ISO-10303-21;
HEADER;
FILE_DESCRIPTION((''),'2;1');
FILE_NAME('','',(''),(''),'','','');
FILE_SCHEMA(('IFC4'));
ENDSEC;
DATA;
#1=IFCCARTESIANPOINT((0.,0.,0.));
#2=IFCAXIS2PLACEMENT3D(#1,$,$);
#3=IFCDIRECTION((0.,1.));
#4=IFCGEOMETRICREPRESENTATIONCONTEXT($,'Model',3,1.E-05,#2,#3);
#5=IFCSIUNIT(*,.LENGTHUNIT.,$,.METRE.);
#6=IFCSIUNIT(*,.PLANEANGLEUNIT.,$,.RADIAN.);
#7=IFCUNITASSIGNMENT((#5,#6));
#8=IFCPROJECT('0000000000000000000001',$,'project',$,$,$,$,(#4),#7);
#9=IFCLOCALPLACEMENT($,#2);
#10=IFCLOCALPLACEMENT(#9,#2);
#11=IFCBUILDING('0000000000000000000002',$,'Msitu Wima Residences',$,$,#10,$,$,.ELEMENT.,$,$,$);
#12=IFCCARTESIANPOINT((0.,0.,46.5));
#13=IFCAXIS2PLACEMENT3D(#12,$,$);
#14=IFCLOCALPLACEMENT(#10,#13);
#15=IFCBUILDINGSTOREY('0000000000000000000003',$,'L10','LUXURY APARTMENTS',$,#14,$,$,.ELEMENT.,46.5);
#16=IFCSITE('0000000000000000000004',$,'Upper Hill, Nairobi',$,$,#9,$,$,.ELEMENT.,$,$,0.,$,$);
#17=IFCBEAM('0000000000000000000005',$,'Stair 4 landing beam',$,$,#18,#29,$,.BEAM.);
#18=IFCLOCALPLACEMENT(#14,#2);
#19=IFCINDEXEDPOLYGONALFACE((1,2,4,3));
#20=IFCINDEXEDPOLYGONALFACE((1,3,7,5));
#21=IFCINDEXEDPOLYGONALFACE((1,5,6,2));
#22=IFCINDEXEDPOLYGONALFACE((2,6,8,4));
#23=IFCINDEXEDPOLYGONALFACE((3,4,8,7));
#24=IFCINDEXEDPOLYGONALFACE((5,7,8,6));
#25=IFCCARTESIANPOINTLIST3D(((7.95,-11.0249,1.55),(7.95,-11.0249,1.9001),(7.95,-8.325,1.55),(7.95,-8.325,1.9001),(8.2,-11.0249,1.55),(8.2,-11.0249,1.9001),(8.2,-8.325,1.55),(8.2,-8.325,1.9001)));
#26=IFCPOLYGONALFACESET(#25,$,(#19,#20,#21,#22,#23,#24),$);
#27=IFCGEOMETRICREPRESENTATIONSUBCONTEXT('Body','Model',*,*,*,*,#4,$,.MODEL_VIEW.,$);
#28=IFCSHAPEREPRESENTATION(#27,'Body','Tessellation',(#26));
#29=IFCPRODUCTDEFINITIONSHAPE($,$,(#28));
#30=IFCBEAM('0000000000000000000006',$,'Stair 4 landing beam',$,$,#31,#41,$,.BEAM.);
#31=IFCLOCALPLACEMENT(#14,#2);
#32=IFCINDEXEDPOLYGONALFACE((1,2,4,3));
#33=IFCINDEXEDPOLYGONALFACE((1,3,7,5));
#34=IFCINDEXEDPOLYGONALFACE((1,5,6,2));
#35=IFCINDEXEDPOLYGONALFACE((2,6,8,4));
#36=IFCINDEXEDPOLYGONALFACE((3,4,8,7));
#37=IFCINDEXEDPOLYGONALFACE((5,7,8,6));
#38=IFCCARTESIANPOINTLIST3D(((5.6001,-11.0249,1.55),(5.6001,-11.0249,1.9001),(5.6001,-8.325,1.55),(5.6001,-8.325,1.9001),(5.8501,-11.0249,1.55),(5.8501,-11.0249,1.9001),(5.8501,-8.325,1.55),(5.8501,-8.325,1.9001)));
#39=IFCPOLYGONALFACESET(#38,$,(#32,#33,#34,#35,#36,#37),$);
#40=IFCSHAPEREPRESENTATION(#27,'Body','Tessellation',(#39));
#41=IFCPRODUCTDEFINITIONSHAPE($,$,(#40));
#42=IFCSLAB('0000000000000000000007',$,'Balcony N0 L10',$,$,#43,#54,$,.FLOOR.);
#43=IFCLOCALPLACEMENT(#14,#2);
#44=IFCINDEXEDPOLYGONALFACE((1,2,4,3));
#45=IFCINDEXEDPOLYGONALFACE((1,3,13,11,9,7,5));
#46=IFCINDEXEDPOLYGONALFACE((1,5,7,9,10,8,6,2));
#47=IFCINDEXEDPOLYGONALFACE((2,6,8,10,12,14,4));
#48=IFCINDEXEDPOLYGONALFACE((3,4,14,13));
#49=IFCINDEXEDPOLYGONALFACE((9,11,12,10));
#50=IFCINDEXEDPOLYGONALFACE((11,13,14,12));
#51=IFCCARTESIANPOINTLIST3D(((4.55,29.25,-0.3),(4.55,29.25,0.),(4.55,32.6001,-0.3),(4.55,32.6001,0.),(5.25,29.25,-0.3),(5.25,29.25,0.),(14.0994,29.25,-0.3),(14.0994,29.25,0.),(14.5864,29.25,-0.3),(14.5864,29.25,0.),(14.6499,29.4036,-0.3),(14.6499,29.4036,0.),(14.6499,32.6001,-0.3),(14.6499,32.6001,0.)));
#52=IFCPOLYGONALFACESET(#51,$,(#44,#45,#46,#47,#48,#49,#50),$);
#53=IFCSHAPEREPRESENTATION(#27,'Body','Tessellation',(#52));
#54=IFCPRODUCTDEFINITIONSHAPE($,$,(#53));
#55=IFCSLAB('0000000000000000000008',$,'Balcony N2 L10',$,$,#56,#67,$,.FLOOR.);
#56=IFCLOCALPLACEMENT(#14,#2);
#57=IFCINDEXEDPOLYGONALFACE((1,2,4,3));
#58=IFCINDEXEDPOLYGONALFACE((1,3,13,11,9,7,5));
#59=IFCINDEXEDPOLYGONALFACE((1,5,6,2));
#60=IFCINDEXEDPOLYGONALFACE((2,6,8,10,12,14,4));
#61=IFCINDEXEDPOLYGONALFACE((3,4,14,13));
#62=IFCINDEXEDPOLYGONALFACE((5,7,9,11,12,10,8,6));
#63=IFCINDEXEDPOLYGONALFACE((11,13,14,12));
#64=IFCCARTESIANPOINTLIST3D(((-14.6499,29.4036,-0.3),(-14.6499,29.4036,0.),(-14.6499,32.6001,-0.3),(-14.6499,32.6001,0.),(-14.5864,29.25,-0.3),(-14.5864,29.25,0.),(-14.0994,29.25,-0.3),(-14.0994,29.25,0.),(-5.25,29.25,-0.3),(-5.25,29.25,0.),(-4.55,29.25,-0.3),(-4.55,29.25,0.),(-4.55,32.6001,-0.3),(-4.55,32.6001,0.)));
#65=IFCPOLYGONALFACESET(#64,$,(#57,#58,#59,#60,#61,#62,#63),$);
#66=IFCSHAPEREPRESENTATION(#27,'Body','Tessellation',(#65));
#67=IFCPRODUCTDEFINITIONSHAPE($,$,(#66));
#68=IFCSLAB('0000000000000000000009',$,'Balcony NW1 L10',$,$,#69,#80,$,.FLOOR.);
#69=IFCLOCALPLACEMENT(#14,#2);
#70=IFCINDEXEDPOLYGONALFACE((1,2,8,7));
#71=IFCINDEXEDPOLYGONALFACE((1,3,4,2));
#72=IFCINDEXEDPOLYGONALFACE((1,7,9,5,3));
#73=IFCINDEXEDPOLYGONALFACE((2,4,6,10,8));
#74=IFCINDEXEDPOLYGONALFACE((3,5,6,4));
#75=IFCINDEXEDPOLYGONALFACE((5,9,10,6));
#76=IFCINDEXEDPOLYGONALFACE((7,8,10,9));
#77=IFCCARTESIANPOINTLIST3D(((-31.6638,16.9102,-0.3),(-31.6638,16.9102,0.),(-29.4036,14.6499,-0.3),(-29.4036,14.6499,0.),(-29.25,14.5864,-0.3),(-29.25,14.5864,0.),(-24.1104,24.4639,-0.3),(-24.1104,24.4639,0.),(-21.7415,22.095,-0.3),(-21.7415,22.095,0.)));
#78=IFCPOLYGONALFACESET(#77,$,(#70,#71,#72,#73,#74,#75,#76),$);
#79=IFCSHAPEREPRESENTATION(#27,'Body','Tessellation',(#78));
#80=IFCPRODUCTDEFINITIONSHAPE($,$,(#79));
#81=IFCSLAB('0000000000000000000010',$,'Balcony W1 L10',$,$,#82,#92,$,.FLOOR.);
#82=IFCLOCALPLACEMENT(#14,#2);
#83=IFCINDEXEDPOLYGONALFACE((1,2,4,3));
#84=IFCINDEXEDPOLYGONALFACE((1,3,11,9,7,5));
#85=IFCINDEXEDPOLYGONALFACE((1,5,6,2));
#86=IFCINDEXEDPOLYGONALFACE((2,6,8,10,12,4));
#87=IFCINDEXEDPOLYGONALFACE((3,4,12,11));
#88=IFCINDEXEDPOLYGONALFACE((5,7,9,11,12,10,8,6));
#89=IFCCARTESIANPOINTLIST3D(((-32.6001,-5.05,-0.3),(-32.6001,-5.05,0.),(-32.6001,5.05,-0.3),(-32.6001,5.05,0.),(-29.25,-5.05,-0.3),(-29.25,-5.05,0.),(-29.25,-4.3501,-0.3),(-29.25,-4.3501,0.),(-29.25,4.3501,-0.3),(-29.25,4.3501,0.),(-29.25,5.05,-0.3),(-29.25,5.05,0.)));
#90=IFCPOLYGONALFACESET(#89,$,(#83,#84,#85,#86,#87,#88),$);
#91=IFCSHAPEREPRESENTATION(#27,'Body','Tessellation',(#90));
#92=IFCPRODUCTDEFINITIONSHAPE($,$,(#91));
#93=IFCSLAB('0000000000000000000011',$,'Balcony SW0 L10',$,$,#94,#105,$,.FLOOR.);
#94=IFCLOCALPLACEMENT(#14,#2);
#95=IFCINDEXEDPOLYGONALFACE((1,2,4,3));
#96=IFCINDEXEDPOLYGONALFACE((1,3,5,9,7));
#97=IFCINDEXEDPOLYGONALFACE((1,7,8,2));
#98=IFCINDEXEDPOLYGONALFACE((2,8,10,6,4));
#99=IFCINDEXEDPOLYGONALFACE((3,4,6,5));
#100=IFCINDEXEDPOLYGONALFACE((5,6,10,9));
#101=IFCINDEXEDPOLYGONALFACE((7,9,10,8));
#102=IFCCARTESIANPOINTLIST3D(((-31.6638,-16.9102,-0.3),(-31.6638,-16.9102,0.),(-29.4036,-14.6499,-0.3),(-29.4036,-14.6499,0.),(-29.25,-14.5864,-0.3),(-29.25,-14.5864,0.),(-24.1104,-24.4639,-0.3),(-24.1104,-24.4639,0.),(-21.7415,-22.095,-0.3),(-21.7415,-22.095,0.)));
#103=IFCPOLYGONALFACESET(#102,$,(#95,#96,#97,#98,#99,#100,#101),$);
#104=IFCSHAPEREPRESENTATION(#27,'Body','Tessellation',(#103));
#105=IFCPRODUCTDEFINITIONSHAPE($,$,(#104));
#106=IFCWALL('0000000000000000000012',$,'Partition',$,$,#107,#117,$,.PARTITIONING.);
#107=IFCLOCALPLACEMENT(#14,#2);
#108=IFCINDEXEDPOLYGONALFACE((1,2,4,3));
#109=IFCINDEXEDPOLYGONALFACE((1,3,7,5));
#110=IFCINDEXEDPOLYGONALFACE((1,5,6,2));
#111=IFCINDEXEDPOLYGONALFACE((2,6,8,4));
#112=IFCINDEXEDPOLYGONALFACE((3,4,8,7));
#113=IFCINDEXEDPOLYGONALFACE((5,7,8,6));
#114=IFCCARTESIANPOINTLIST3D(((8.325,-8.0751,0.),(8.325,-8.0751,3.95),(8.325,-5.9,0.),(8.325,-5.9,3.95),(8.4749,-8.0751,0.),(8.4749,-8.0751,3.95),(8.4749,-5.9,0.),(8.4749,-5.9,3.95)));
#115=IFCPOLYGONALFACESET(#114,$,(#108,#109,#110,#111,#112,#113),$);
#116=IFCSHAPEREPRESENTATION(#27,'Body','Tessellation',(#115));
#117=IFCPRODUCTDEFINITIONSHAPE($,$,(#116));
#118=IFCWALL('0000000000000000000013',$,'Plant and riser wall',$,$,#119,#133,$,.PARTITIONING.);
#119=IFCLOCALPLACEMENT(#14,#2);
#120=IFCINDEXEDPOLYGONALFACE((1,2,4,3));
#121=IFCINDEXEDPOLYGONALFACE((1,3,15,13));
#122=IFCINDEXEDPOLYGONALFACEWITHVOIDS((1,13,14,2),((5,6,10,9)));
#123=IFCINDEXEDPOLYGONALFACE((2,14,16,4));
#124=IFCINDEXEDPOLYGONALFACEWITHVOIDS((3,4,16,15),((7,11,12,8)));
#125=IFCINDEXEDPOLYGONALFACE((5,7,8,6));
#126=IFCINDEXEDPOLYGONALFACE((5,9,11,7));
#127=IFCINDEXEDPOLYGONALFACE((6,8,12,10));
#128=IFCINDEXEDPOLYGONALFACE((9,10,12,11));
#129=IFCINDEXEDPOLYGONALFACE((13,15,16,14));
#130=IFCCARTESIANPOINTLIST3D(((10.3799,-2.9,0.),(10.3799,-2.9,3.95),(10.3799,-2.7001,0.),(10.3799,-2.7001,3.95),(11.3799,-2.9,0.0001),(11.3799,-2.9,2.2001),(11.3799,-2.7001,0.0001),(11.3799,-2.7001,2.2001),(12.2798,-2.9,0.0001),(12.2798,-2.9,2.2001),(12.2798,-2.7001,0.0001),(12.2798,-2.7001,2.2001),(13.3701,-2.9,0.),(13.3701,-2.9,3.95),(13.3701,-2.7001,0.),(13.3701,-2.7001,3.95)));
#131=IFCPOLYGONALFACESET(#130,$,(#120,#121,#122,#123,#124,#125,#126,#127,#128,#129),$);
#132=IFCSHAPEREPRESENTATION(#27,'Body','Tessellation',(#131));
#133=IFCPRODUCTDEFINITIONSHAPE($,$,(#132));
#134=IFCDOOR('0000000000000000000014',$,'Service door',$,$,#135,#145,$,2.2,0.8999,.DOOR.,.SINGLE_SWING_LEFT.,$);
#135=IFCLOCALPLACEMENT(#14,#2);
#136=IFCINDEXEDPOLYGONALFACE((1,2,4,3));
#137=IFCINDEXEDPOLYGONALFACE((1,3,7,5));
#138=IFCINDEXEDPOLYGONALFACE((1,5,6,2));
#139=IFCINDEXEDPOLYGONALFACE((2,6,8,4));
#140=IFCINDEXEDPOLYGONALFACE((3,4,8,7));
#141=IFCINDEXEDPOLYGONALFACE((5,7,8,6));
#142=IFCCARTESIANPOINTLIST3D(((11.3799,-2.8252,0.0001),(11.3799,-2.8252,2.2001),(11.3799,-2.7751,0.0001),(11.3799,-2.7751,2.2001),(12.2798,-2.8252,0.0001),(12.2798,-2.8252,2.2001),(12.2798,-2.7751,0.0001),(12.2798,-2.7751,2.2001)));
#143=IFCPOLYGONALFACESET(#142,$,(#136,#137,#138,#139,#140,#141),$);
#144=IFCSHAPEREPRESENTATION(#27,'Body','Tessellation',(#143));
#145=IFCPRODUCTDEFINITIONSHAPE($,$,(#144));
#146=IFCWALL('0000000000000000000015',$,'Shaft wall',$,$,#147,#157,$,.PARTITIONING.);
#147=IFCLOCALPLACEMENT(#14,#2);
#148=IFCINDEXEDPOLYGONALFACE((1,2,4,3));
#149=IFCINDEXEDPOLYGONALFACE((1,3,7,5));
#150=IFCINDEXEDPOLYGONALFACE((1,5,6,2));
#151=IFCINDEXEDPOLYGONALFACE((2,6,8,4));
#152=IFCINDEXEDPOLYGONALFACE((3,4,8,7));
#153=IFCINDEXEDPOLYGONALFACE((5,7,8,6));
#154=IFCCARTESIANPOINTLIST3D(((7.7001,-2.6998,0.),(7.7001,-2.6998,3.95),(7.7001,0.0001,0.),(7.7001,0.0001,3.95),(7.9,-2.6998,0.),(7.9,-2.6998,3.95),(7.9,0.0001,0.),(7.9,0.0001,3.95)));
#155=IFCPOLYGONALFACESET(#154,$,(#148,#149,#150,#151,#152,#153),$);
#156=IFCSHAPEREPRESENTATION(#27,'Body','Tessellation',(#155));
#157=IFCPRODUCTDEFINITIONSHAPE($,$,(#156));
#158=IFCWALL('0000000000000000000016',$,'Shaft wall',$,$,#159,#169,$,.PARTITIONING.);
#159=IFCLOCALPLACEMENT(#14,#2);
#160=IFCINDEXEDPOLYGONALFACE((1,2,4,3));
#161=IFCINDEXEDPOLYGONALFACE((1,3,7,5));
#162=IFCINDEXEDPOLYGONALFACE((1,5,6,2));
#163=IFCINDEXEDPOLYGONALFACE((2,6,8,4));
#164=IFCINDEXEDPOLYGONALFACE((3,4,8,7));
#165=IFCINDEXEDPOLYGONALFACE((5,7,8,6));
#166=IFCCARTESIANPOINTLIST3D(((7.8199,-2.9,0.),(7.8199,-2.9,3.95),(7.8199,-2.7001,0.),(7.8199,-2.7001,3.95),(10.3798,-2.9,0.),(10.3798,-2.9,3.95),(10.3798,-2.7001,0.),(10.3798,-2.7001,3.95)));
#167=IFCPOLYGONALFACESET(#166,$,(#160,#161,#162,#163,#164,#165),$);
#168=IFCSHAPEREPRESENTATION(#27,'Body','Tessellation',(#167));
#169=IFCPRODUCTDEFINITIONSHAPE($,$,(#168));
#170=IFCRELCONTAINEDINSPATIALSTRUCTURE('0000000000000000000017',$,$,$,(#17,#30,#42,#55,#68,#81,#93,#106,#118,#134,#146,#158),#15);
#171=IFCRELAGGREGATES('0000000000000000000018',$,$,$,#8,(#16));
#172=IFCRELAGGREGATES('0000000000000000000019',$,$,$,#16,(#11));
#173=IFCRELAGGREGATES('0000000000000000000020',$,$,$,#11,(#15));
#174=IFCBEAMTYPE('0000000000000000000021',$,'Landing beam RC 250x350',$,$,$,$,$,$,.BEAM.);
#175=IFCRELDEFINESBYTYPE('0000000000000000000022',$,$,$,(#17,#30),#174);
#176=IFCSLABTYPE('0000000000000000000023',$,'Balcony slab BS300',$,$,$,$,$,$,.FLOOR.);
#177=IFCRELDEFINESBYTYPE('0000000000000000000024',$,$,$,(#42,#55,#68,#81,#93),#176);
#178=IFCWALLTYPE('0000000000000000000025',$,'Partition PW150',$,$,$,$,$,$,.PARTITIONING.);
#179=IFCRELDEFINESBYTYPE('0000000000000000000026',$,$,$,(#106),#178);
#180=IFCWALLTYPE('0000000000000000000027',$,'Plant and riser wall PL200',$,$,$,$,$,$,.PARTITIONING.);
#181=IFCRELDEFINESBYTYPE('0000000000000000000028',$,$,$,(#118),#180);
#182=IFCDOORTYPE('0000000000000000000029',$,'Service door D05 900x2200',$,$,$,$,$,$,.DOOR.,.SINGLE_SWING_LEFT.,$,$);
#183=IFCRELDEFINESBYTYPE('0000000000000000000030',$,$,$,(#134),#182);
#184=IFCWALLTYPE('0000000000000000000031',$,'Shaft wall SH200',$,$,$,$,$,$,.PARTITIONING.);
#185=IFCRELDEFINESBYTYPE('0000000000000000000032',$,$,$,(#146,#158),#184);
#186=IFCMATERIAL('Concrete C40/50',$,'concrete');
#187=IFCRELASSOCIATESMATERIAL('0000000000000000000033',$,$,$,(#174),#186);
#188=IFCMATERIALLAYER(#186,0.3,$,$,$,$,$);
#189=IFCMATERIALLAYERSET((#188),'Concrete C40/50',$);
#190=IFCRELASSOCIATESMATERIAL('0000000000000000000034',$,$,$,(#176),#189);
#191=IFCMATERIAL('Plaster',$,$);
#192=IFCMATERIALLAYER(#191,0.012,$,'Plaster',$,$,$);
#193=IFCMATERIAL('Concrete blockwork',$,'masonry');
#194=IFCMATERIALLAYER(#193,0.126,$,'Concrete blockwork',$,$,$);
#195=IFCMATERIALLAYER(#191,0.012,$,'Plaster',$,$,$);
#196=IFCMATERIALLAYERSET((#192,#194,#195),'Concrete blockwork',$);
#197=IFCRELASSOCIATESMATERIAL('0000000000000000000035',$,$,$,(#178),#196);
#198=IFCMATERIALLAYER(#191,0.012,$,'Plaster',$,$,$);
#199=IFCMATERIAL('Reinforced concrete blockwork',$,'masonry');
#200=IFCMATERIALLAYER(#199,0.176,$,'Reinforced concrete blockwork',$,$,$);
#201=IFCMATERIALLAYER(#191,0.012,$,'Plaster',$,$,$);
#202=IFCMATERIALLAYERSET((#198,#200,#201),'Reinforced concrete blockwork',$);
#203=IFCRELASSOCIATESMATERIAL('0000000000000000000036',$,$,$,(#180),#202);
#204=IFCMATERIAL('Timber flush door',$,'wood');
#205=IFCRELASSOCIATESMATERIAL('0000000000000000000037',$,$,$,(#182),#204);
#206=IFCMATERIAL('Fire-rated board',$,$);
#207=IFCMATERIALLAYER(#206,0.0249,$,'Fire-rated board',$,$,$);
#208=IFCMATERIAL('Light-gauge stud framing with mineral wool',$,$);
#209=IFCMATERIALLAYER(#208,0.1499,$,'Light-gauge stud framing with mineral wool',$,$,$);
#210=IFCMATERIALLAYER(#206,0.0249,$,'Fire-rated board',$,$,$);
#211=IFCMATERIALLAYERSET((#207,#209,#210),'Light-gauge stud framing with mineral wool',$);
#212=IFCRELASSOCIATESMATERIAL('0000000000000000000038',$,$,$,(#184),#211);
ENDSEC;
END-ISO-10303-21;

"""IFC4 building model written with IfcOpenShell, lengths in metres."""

from ifc_helpers import new_model, si_unit, direction, frame, frame_2d, origin, origin_2d, place, context, subcontext, project, spatial, polyline, rectangle, outline, extrude, material, layer, layer_set, material_profile, profile_set, type_object, element, fill, save


model = new_model("IFC4")

# Units and contexts
model_context = context("Model", 3, precision=1e-05, world=origin(), true_north=direction((0.0, 1.0)))
body_context = subcontext(model_context, "Body", "Model", "MODEL_VIEW")
ifc_project = project(units=[si_unit("LENGTHUNIT", "METRE"), si_unit("PLANEANGLEUNIT", "RADIAN")], contexts=[model_context])

# Site, building, storey
site_placement = place(None, origin())
site = spatial("IfcSite", under=ifc_project, at=site_placement, Name="Upper Hill, Nairobi", CompositionType="ELEMENT", RefElevation=0.0)
building_placement = place(site_placement, origin())
building = spatial("IfcBuilding", under=site, at=building_placement, Name="Msitu Wima Residences", CompositionType="ELEMENT")
storey_placement = place(building_placement, frame((0.0, 0.0, 46.5)))
storey = spatial("IfcBuildingStorey", under=building, at=storey_placement, Name="L10", Description="LUXURY APARTMENTS", CompositionType="ELEMENT", Elevation=46.5)

# Beams
ifc_material_1 = material(Name="Concrete C40/50", Category="concrete")
ifc_material_profile = material_profile(ifc_material_1, rectangle(XDim=0.25, YDim=0.3501, at=origin_2d()), Name="RC 250x350")
ifc_profile_set = profile_set([ifc_material_profile], Name="Concrete C40/50")
beam_type = type_object("IfcBeamType", Name="Landing beam RC 250x350", PredefinedType="BEAM", material=ifc_profile_set)
for number, where, z_axis, x_axis, name in (
    (1, (8.075, -11.0249, 1.7251), (0.0, 1.0, 0.0), (-1.0, 0.0, 0.0), "Stair 4 landing beam"),
    (2, (5.7251, -11.0249, 1.7251), (0.0, 1.0, 0.0), (-1.0, 0.0, 0.0), "Stair 4 landing beam"),
):
    element("IfcBeam", number, at=place(storey_placement, frame(where, z_axis=z_axis, x_axis=x_axis)), inside=storey, type_object=beam_type, Name=name, PredefinedType="BEAM", context=body_context, shape_type="SweptSolid", body=[
        extrude(rectangle(XDim=0.25, YDim=0.3501, at=origin_2d()), origin(), (0.0, 0.0, 1.0), 2.7),
    ])

# Slabs
ifc_layer_1 = layer(ifc_material_1, 0.3)
ifc_layer_set_1 = layer_set([ifc_layer_1], Name="Concrete C40/50")
slab_type = type_object("IfcSlabType", Name="Balcony slab BS300", PredefinedType="FLOOR", material=ifc_layer_set_1)
slab_1_placement = place(storey_placement, frame((0.0, 0.0, -0.3)))
element("IfcSlab", 3, at=slab_1_placement, inside=storey, type_object=slab_type, Name="Balcony N0 L10", PredefinedType="FLOOR", context=body_context, shape_type="SweptSolid", body=[
    extrude(outline(polyline([(14.0994, 29.25), (14.0994, 29.25), (5.25, 29.25), (4.55, 29.25), (4.55, 32.6001), (14.6499, 32.6001), (14.6499, 29.4036), (14.5864, 29.25), (14.0994, 29.25), (14.0994, 29.25)])), origin(), (0.0, 0.0, 1.0), 0.3),
])
slab_2_placement = place(storey_placement, frame((0.0, 0.0, -0.3)))
element("IfcSlab", 4, at=slab_2_placement, inside=storey, type_object=slab_type, Name="Balcony N2 L10", PredefinedType="FLOOR", context=body_context, shape_type="SweptSolid", body=[
    extrude(outline(polyline([(-14.0994, 29.25), (-14.0994, 29.25), (-14.0994, 29.25), (-14.5864, 29.25), (-14.6499, 29.4036), (-14.6499, 32.6001), (-4.55, 32.6001), (-4.55, 29.25), (-5.25, 29.25), (-14.0994, 29.25)])), origin(), (0.0, 0.0, 1.0), 0.3),
])
slab_3_placement = place(storey_placement, frame((0.0, 0.0, -0.3)))
element("IfcSlab", 5, at=slab_3_placement, inside=storey, type_object=slab_type, Name="Balcony NW1 L10", PredefinedType="FLOOR", context=body_context, shape_type="SweptSolid", body=[
    extrude(outline(polyline([(-31.6638, 16.9102), (-24.1104, 24.4639), (-21.7415, 22.095), (-29.25, 14.5864), (-29.4036, 14.6499), (-31.6638, 16.9102)])), origin(), (0.0, 0.0, 1.0), 0.3),
])
slab_4_placement = place(storey_placement, frame((0.0, 0.0, -0.3)))
element("IfcSlab", 6, at=slab_4_placement, inside=storey, type_object=slab_type, Name="Balcony W1 L10", PredefinedType="FLOOR", context=body_context, shape_type="SweptSolid", body=[
    extrude(outline(polyline([(-29.25, 4.3501), (-29.25, -4.3501), (-29.25, -5.05), (-32.6001, -5.05), (-32.6001, 5.05), (-29.25, 5.05), (-29.25, 4.3501)])), origin(), (0.0, 0.0, 1.0), 0.3),
])
slab_5_placement = place(storey_placement, frame((0.0, 0.0, -0.3)))
element("IfcSlab", 7, at=slab_5_placement, inside=storey, type_object=slab_type, Name="Balcony SW0 L10", PredefinedType="FLOOR", context=body_context, shape_type="SweptSolid", body=[
    extrude(outline(polyline([(-24.1104, -24.4639), (-31.6638, -16.9102), (-29.4036, -14.6499), (-29.25, -14.5864), (-21.7415, -22.095), (-24.1104, -24.4639)])), origin(), (0.0, 0.0, 1.0), 0.3),
])

# Wall
ifc_material_2 = material(Name="Plaster")
ifc_layer_2 = layer(ifc_material_2, 0.012, Name="Plaster")
ifc_material_3 = material(Name="Concrete blockwork", Category="masonry")
ifc_layer_3 = layer(ifc_material_3, 0.126, Name="Concrete blockwork")
ifc_layer_4 = layer(ifc_material_2, 0.012, Name="Plaster")
ifc_layer_set_2 = layer_set([ifc_layer_2, ifc_layer_3, ifc_layer_4], Name="Concrete blockwork")
wall_type_1 = type_object("IfcWallType", Name="Partition PW150", PredefinedType="PARTITIONING", material=ifc_layer_set_2)
wall_1_placement = place(storey_placement, frame((8.3999, -8.075, 0.0), z_axis=(0.0, 0.0, 1.0), x_axis=(0.0, 1.0, 0.0)))
element("IfcWall", 8, at=wall_1_placement, inside=storey, type_object=wall_type_1, Name="Partition", PredefinedType="PARTITIONING", context=body_context, shape_type="SweptSolid", body=[
    extrude(rectangle(XDim=2.175, YDim=0.1499, at=frame_2d((1.0874, 0.0))), origin(), (0.0, 0.0, 1.0), 3.95),
])

# Wall, opening, door
ifc_layer_5 = layer(ifc_material_2, 0.012, Name="Plaster")
ifc_material_4 = material(Name="Reinforced concrete blockwork", Category="masonry")
ifc_layer_6 = layer(ifc_material_4, 0.176, Name="Reinforced concrete blockwork")
ifc_layer_7 = layer(ifc_material_2, 0.012, Name="Plaster")
ifc_layer_set_3 = layer_set([ifc_layer_5, ifc_layer_6, ifc_layer_7], Name="Reinforced concrete blockwork")
wall_type_2 = type_object("IfcWallType", Name="Plant and riser wall PL200", PredefinedType="PARTITIONING", material=ifc_layer_set_3)
wall_2_placement = place(storey_placement, frame((10.3799, -2.8, 0.0), z_axis=(0.0, 0.0, 1.0), x_axis=(1.0, 0.0, 0.0)))
wall_2 = element("IfcWall", 9, at=wall_2_placement, inside=storey, type_object=wall_type_2, Name="Plant and riser wall", PredefinedType="PARTITIONING", context=body_context, shape_type="SweptSolid", body=[
    extrude(rectangle(XDim=2.9902, YDim=0.2, at=frame_2d((1.4951, 0.0))), origin(), (0.0, 0.0, 1.0), 3.95),
])
opening_placement = place(wall_2_placement, frame((1.0, 0.0, 0.0)))
opening = element("IfcOpeningElement", 10, at=opening_placement, cuts=wall_2, PredefinedType="OPENING", context=body_context, shape_type="SweptSolid", body=[
    extrude(rectangle(XDim=0.8999, YDim=2.2, at=frame_2d((0.45, 1.1001))), frame((0.0, 0.1099, 0.0), z_axis=(0.0, -1.0, 0.0), x_axis=(1.0, 0.0, 0.0)), (0.0, 0.0, 1.0), 0.22),
])
ifc_material_5 = material(Name="Timber flush door", Category="wood")
door_type = type_object("IfcDoorType", Name="Service door D05 900x2200", OperationType="SINGLE_SWING_LEFT", PredefinedType="DOOR", material=ifc_material_5)
door_placement = place(opening_placement, origin())
door = element("IfcDoor", 11, at=door_placement, inside=storey, type_object=door_type, Name="Service door", OperationType="SINGLE_SWING_LEFT", OverallHeight=2.2, OverallWidth=0.8999, PredefinedType="DOOR", context=body_context, shape_type="SweptSolid", body=[
    extrude(rectangle(XDim=0.8999, YDim=2.2, at=frame_2d((0.45, 1.1001))), frame((0.0, 0.0249, 0.0), z_axis=(0.0, -1.0, 0.0), x_axis=(1.0, 0.0, 0.0)), (0.0, 0.0, 1.0), 0.05),
])
fill(opening, door)

# Walls
ifc_material_6 = material(Name="Fire-rated board")
ifc_layer_8 = layer(ifc_material_6, 0.0249, Name="Fire-rated board")
ifc_material_7 = material(Name="Light-gauge stud framing with mineral wool")
ifc_layer_9 = layer(ifc_material_7, 0.1499, Name="Light-gauge stud framing with mineral wool")
ifc_layer_10 = layer(ifc_material_6, 0.0249, Name="Fire-rated board")
ifc_layer_set_4 = layer_set([ifc_layer_8, ifc_layer_9, ifc_layer_10], Name="Light-gauge stud framing with mineral wool")
wall_type_3 = type_object("IfcWallType", Name="Shaft wall SH200", PredefinedType="PARTITIONING", material=ifc_layer_set_4)
wall_3_placement = place(storey_placement, frame((7.8, -2.7, 0.0), z_axis=(0.0, 0.0, 1.0), x_axis=(0.0, 1.0, 0.0)))
element("IfcWall", 12, at=wall_3_placement, inside=storey, type_object=wall_type_3, Name="Shaft wall", PredefinedType="PARTITIONING", context=body_context, shape_type="SweptSolid", body=[
    extrude(rectangle(XDim=2.7, YDim=0.2, at=frame_2d((1.3501, 0.0))), origin(), (0.0, 0.0, 1.0), 3.95),
])
wall_4_placement = place(storey_placement, frame((7.8201, -2.8, 0.0), z_axis=(0.0, 0.0, 1.0), x_axis=(1.0, 0.0, 0.0)))
element("IfcWall", 13, at=wall_4_placement, inside=storey, type_object=wall_type_3, Name="Shaft wall", PredefinedType="PARTITIONING", context=body_context, shape_type="SweptSolid", body=[
    extrude(rectangle(XDim=2.5598, YDim=0.2, at=frame_2d((1.2798, 0.0))), origin(), (0.0, 0.0, 1.0), 3.95),
])

save(model, "model.ifc")
